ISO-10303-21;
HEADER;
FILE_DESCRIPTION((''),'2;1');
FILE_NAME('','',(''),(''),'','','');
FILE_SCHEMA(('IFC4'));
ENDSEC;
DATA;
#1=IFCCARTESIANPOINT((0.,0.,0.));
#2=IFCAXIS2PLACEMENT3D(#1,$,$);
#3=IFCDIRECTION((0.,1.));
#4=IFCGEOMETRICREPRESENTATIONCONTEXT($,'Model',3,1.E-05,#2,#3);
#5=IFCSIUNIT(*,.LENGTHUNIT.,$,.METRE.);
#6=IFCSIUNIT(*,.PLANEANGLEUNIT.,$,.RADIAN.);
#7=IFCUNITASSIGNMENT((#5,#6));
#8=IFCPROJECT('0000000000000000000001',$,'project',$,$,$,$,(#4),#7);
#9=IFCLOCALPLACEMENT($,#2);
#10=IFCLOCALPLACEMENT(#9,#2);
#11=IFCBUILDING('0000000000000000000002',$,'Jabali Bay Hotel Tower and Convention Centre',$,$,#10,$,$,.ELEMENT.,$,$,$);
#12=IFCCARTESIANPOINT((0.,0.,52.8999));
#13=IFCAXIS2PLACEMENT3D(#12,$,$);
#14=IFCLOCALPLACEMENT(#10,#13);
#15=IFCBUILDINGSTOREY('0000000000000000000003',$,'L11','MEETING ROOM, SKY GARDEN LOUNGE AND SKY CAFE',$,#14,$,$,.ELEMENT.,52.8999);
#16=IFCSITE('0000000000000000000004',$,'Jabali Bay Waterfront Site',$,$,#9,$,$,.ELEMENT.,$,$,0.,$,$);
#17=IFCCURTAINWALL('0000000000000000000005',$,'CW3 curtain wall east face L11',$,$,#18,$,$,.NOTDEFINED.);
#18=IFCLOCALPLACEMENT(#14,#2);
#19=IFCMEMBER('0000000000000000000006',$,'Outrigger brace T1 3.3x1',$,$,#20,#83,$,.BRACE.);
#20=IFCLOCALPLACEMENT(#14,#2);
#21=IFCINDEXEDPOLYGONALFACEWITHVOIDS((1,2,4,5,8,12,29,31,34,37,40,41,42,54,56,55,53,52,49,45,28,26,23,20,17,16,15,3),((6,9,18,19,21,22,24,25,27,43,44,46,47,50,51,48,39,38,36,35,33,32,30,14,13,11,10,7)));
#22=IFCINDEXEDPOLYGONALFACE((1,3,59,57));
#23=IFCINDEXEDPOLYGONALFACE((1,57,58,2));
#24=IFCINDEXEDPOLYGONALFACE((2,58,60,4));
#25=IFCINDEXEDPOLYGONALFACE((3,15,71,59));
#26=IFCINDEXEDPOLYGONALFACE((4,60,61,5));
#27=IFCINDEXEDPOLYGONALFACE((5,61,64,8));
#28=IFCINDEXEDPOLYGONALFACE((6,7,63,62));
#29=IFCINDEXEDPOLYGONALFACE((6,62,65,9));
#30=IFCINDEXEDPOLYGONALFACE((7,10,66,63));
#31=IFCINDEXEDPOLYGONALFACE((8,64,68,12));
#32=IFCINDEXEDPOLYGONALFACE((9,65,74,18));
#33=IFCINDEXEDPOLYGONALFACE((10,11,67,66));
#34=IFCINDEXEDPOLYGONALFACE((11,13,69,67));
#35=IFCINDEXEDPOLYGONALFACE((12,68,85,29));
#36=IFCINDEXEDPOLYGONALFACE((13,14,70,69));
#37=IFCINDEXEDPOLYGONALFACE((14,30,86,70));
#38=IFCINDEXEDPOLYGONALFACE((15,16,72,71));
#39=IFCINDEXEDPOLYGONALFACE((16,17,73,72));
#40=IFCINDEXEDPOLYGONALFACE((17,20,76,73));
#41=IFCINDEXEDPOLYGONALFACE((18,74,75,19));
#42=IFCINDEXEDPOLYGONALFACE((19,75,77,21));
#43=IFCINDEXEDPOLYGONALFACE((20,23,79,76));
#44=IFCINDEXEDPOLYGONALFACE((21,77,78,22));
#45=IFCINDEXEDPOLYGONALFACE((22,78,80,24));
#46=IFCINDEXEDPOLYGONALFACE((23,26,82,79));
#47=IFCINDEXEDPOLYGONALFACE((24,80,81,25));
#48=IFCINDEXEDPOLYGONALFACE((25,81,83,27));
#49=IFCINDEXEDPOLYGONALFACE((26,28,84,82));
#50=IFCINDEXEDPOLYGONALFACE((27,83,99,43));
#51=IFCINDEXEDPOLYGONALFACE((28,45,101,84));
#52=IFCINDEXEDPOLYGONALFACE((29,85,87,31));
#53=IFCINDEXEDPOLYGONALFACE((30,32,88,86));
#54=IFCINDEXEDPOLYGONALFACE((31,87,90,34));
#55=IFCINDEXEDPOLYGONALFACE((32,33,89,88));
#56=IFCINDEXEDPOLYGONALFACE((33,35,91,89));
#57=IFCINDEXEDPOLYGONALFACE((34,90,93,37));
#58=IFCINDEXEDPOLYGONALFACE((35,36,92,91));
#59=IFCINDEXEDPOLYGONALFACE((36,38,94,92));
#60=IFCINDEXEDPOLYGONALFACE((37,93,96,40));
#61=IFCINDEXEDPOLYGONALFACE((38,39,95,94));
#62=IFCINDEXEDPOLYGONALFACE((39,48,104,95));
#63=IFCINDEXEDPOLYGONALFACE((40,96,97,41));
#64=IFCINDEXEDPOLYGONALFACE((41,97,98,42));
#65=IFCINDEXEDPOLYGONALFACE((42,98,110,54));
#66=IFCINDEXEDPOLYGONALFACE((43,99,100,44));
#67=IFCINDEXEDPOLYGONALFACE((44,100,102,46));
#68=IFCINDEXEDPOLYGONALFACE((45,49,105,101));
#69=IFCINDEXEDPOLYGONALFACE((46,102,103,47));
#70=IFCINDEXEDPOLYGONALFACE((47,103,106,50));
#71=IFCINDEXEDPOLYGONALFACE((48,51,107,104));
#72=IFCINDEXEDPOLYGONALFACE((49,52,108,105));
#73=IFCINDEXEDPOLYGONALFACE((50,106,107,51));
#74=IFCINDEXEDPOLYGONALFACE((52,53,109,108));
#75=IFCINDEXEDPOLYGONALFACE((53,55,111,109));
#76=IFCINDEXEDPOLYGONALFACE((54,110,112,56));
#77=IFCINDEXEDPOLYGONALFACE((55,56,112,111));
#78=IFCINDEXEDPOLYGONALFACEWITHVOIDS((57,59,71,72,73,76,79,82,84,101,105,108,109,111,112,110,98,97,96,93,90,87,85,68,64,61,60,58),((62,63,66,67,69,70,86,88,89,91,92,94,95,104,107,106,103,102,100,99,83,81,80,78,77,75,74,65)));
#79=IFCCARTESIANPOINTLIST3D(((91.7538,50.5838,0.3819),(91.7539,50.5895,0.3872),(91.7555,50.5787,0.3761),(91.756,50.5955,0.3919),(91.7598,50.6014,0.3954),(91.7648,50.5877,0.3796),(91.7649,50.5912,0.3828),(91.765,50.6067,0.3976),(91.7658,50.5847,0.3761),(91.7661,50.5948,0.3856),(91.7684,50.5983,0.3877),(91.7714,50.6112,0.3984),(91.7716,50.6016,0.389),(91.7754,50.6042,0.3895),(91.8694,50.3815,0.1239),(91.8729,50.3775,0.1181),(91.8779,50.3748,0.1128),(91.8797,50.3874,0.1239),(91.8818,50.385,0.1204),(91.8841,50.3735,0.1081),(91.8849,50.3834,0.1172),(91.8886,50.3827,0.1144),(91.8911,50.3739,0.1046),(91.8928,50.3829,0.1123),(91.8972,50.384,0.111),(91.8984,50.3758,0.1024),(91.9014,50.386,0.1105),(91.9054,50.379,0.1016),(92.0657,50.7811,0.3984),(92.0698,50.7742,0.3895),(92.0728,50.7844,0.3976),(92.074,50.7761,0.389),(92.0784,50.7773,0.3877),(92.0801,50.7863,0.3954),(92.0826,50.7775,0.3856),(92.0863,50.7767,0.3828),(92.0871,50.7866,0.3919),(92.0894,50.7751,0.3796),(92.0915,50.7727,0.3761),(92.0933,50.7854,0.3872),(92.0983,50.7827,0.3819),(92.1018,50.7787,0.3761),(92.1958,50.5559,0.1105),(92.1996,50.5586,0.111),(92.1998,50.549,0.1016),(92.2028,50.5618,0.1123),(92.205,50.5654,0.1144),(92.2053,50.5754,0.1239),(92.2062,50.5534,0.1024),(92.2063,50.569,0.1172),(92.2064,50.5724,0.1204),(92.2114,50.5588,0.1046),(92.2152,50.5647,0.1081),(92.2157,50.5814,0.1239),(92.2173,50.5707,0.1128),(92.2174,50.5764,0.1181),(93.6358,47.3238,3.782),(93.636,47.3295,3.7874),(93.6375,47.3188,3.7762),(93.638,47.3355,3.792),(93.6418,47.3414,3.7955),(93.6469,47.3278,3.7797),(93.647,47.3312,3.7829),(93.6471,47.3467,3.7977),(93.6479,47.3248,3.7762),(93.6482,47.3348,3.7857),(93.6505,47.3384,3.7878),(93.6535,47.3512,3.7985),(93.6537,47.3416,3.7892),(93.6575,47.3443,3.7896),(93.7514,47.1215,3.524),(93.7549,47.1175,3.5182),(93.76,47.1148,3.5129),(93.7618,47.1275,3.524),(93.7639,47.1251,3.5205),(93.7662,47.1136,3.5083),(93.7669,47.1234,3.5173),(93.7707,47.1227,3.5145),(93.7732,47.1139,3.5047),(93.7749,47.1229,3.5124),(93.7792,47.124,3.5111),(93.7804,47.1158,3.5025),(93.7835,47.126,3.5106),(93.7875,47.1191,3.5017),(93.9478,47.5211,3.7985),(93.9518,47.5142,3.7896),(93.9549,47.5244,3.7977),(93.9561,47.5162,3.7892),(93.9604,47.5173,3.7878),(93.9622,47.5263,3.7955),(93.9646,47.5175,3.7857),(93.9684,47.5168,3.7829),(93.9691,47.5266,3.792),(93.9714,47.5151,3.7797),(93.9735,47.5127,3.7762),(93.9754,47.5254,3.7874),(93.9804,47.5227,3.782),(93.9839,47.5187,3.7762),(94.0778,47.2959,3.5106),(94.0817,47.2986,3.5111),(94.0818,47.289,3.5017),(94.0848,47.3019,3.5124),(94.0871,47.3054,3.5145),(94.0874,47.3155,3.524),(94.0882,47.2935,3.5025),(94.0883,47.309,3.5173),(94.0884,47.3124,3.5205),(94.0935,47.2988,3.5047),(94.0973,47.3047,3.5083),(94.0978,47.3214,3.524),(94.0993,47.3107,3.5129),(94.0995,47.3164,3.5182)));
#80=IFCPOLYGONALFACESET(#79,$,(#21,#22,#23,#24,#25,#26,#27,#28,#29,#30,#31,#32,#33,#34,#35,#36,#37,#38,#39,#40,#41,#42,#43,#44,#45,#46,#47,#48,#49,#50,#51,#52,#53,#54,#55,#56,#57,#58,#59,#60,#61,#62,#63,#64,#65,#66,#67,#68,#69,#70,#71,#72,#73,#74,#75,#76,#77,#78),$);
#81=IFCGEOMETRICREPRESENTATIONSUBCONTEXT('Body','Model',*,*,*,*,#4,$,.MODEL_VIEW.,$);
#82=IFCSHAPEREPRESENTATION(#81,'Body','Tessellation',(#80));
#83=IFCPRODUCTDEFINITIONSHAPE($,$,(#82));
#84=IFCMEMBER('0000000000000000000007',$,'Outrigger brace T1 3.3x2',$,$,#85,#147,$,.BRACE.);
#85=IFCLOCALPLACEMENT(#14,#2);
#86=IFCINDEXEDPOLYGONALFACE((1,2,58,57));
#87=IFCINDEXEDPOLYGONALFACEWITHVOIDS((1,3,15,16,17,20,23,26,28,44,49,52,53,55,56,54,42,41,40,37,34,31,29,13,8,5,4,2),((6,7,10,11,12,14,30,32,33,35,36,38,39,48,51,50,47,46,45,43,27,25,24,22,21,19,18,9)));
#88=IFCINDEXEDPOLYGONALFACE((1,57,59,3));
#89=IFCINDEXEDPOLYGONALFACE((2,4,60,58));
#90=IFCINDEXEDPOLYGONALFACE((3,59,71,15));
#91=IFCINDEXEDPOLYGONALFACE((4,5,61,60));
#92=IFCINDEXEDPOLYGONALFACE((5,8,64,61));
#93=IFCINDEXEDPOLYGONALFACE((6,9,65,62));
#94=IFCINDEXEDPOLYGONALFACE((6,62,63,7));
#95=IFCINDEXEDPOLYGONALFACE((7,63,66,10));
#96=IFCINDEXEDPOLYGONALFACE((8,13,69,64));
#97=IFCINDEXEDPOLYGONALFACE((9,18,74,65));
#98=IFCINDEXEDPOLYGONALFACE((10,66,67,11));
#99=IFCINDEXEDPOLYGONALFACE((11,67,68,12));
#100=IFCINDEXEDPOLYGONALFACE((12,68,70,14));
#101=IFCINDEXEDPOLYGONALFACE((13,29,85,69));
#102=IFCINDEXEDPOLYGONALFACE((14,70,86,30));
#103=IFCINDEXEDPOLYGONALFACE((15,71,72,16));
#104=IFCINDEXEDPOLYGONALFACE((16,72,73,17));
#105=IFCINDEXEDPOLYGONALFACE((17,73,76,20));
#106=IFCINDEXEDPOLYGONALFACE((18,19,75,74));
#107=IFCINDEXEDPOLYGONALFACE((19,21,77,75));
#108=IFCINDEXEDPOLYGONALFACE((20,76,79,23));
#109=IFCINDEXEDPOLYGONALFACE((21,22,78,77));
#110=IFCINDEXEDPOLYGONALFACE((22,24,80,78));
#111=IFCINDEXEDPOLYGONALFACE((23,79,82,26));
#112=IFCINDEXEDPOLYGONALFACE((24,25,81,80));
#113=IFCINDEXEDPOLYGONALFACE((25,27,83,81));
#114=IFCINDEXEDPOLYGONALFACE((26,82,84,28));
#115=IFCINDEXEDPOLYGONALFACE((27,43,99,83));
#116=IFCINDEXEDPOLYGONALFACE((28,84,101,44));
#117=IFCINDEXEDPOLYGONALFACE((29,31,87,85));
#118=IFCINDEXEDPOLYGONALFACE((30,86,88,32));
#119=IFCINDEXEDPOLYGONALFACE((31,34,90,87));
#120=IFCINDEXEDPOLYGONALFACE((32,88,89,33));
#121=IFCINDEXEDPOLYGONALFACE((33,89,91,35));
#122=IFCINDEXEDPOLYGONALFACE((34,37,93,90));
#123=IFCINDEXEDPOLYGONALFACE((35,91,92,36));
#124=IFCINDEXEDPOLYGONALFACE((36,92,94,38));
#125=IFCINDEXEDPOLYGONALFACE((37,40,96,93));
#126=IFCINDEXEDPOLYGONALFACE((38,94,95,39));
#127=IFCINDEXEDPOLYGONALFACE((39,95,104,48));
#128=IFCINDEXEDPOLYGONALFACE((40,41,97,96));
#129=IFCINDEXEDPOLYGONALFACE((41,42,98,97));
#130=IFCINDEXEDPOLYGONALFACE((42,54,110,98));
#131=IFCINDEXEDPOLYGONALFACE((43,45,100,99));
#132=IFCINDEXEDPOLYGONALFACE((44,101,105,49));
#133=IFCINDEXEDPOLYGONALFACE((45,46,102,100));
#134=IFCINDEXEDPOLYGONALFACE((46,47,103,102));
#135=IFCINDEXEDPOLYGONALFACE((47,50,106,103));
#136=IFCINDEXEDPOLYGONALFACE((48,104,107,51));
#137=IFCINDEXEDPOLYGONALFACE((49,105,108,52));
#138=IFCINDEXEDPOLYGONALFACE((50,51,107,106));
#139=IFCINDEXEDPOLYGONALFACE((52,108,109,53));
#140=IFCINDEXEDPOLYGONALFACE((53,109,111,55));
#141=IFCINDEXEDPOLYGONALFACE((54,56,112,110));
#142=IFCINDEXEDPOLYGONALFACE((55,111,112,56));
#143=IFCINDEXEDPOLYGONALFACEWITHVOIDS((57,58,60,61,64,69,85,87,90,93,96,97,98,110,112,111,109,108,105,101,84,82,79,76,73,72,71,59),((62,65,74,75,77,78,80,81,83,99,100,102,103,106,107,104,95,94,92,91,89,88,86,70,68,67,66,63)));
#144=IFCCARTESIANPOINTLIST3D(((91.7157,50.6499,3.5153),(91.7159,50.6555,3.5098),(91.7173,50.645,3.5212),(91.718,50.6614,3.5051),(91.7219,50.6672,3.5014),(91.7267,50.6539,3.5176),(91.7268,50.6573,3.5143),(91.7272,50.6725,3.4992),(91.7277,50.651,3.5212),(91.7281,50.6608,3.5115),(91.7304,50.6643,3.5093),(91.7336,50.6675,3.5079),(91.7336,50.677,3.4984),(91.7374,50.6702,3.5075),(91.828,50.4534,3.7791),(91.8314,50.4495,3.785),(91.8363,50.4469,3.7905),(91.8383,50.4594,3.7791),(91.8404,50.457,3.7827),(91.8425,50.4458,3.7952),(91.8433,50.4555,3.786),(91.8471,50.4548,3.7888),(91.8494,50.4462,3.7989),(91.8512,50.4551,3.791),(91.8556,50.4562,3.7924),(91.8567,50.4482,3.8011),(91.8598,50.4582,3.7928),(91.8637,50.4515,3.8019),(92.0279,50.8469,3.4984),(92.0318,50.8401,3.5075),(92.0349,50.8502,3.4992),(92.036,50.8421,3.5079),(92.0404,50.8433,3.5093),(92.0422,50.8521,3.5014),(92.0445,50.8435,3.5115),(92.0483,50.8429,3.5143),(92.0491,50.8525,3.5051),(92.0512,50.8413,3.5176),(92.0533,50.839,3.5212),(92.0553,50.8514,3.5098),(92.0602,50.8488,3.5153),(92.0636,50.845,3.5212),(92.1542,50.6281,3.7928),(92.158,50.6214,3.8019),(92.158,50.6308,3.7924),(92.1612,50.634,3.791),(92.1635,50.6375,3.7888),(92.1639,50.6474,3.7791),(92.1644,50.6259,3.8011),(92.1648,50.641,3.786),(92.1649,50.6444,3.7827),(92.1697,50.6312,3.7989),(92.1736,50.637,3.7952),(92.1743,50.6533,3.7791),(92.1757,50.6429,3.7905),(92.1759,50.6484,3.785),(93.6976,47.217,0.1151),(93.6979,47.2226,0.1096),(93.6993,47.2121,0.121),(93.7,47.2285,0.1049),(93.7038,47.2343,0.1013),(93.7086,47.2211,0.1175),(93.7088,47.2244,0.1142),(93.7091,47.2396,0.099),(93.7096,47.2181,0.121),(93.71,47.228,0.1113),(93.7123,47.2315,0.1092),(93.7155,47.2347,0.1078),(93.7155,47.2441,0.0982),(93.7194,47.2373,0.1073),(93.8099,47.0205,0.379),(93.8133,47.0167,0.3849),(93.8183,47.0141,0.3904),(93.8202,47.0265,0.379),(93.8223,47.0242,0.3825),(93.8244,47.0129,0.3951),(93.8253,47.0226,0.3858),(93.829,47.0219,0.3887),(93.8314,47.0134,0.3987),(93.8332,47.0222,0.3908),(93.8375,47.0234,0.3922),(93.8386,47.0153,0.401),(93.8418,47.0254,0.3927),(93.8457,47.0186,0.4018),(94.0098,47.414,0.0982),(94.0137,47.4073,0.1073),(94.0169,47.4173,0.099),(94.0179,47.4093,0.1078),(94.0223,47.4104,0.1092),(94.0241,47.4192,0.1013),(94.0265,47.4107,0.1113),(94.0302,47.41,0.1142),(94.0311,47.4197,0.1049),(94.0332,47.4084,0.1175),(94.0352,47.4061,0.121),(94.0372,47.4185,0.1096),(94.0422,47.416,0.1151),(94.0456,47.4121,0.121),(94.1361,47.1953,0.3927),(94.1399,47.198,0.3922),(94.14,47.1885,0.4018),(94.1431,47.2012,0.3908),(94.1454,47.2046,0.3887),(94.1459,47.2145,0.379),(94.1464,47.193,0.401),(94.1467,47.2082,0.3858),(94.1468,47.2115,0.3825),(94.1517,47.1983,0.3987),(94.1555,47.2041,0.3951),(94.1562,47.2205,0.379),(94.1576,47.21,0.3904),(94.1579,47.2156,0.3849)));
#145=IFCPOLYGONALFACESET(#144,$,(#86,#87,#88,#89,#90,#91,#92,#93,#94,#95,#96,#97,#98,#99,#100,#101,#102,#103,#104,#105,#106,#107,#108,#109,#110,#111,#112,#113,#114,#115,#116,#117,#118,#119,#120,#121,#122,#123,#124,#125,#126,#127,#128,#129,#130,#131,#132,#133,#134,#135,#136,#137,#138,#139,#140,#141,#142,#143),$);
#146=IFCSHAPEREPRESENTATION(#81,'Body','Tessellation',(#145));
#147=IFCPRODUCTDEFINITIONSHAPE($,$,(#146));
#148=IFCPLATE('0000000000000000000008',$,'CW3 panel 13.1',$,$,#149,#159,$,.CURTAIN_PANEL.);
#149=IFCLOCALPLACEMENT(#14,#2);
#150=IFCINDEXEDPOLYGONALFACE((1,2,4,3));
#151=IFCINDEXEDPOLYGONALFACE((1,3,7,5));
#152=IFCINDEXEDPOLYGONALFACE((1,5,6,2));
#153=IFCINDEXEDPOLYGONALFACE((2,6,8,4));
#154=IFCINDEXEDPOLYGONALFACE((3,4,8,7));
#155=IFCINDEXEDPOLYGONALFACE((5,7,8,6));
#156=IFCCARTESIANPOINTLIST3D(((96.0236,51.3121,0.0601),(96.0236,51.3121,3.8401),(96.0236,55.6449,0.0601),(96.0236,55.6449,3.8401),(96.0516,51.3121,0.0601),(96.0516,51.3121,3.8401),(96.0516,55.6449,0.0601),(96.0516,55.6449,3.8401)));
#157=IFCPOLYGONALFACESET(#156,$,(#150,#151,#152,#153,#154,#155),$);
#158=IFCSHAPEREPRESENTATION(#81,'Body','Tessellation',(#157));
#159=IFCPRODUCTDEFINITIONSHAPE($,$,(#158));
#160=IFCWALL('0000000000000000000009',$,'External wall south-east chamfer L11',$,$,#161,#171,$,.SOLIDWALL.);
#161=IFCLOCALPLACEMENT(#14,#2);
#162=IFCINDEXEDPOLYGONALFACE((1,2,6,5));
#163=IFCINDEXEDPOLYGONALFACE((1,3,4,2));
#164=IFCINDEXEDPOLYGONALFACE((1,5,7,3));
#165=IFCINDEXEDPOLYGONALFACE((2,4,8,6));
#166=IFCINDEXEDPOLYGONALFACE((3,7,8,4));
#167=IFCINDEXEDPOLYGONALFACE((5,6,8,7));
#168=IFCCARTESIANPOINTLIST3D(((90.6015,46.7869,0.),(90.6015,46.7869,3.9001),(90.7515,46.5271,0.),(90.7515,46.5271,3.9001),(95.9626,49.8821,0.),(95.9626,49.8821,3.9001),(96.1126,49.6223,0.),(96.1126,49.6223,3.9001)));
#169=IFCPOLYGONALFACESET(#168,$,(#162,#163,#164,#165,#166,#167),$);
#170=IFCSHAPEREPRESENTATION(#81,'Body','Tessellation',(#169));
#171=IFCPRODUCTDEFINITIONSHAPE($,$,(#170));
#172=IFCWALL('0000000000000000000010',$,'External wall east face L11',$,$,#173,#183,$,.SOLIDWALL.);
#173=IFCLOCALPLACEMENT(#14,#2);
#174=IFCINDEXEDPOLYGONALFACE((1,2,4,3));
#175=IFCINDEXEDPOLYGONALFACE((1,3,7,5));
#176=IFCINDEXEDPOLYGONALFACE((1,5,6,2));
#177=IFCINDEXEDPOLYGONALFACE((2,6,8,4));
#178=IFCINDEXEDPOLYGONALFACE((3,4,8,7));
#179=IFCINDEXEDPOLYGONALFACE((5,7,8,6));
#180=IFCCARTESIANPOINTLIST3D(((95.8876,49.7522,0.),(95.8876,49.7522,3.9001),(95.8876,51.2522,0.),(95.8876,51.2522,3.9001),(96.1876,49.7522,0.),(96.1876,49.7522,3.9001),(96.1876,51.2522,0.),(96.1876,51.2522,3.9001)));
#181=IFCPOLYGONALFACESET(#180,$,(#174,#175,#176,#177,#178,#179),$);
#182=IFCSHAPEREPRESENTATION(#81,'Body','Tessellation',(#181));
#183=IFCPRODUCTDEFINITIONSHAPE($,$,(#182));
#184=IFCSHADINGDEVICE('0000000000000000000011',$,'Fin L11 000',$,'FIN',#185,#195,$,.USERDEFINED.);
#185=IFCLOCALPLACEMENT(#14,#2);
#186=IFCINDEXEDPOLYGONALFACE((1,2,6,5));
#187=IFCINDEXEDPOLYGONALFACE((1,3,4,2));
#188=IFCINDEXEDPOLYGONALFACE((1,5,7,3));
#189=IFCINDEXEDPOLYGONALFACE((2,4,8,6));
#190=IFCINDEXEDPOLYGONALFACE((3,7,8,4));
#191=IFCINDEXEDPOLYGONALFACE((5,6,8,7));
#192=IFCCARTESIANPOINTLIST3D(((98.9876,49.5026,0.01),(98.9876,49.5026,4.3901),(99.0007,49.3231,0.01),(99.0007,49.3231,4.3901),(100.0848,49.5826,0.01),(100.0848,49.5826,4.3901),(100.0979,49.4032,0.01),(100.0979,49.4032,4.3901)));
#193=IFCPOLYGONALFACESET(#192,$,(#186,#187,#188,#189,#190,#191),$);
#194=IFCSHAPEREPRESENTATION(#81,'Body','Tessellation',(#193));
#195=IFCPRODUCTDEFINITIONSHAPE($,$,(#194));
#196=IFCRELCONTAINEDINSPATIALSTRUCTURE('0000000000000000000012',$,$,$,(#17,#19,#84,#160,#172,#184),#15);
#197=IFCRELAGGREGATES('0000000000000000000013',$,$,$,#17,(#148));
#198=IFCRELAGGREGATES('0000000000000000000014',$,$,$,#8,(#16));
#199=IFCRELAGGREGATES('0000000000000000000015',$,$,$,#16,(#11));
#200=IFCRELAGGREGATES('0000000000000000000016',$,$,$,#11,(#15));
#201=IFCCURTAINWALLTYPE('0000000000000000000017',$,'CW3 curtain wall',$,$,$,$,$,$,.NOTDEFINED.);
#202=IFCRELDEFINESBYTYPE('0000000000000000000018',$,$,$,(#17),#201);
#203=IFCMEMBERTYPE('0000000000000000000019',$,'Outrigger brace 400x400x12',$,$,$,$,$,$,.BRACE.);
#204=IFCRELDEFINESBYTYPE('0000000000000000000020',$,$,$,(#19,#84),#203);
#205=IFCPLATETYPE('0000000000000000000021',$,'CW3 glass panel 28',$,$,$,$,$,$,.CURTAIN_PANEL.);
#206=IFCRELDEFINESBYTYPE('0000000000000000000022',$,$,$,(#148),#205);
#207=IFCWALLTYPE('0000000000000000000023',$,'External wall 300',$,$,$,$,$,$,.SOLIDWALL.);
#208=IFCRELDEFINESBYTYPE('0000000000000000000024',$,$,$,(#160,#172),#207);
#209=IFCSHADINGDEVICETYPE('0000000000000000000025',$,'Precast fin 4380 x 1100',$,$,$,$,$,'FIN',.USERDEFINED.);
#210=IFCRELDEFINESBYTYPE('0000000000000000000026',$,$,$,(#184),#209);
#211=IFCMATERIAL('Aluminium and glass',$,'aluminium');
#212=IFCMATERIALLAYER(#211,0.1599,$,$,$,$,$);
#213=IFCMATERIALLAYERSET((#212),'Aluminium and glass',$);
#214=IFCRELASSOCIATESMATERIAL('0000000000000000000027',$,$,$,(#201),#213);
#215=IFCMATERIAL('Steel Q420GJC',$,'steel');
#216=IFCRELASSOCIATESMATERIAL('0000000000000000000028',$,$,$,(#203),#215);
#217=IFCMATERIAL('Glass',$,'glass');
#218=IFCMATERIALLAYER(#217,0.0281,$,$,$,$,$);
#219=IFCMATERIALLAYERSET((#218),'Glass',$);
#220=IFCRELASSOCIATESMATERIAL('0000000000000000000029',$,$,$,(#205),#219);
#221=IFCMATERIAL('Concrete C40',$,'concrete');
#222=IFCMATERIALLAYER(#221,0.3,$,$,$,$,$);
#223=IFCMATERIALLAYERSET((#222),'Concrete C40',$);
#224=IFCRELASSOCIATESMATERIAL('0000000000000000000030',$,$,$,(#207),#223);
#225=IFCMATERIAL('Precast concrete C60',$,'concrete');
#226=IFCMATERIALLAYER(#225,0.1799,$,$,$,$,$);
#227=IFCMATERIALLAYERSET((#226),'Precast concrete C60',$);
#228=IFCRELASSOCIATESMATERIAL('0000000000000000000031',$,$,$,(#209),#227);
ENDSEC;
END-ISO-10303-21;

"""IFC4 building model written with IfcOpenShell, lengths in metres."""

from ifc_helpers import new_model, si_unit, direction, frame, frame_2d, origin, origin_2d, place, context, subcontext, project, spatial, rectangle, hollow_rectangle, extrude, material, layer, layer_set, material_profile, profile_set, type_object, element, aggregate, save


model = new_model("IFC4")

# Units and contexts
model_context = context("Model", 3, precision=1e-05, world=origin(), true_north=direction((0.0, 1.0)))
body_context = subcontext(model_context, "Body", "Model", "MODEL_VIEW")
ifc_project = project(units=[si_unit("LENGTHUNIT", "METRE"), si_unit("PLANEANGLEUNIT", "RADIAN")], contexts=[model_context])

# Site, building, storey
site_placement = place(None, origin())
site = spatial("IfcSite", under=ifc_project, at=site_placement, Name="Jabali Bay Waterfront Site", CompositionType="ELEMENT", RefElevation=0.0)
building_placement = place(site_placement, origin())
building = spatial("IfcBuilding", under=site, at=building_placement, Name="Jabali Bay Hotel Tower and Convention Centre", CompositionType="ELEMENT")
storey_placement = place(building_placement, frame((0.0, 0.0, 52.8999)))
storey = spatial("IfcBuildingStorey", under=building, at=storey_placement, Name="L11", Description="MEETING ROOM, SKY GARDEN LOUNGE AND SKY CAFE", CompositionType="ELEMENT", Elevation=52.8999)

# Shared definitions
ifc_material_1 = material(Name="Steel Q420GJC", Category="steel")

# Curtain wall
ifc_material_2 = material(Name="Aluminium and glass", Category="aluminium")
ifc_layer_1 = layer(ifc_material_2, 0.1599)
ifc_layer_set_1 = layer_set([ifc_layer_1], Name="Aluminium and glass")
curtain_wall_type = type_object("IfcCurtainWallType", Name="CW3 curtain wall", PredefinedType="NOTDEFINED", material=ifc_layer_set_1)
curtain_wall_placement = place(storey_placement, origin())
curtain_wall = element("IfcCurtainWall", 1, at=curtain_wall_placement, inside=storey, type_object=curtain_wall_type, Name="CW3 curtain wall east face L11", PredefinedType="NOTDEFINED")

# Members
ifc_material_profile_1 = material_profile(ifc_material_1, hollow_rectangle(XDim=0.3999, YDim=0.3999, WallThickness=0.012, InnerFilletRadius=0.0181, OuterFilletRadius=0.03, at=origin_2d()), Name="Outrigger brace 400x400x12")
ifc_profile_set_1 = profile_set([ifc_material_profile_1], Name="Steel Q420GJC")
member_type_1 = type_object("IfcMemberType", Name="Outrigger brace 400x400x12", PredefinedType="BRACE", material=ifc_profile_set_1)
member_1_placement = place(storey_placement, frame((91.9856, 50.5801, 0.25), z_axis=(0.371031, -0.642675, 0.670302), x_axis=(0.866035, 0.499983, 0.0)))
element("IfcMember", 2, at=member_1_placement, inside=storey, type_object=member_type_1, Name="Outrigger brace T1 3.3x1", PredefinedType="BRACE", context=body_context, shape_type="SweptSolid", body=[
    extrude(hollow_rectangle(XDim=0.3999, YDim=0.3999, WallThickness=0.012, InnerFilletRadius=0.0181, OuterFilletRadius=0.03, at=origin_2d()), origin(), (0.0, 0.0, 1.0), 5.0725),
])
member_2_placement = place(storey_placement, frame((93.9277, 47.2163, 0.25), z_axis=(-0.379505, 0.657332, 0.651068), x_axis=(-0.866029, -0.499994, 0.0)))
element("IfcMember", 3, at=member_2_placement, inside=storey, type_object=member_type_1, Name="Outrigger brace T1 3.3x2", PredefinedType="BRACE", context=body_context, shape_type="SweptSolid", body=[
    extrude(hollow_rectangle(XDim=0.3999, YDim=0.3999, WallThickness=0.012, InnerFilletRadius=0.0181, OuterFilletRadius=0.03, at=origin_2d()), origin(), (0.0, 0.0, 1.0), 5.2224),
])

# Plate
ifc_material_3 = material(Name="Glass", Category="glass")
ifc_layer_2 = layer(ifc_material_3, 0.0281)
ifc_layer_set_2 = layer_set([ifc_layer_2], Name="Glass")
plate_type = type_object("IfcPlateType", Name="CW3 glass panel 28", PredefinedType="CURTAIN_PANEL", material=ifc_layer_set_2)
plate_placement = place(storey_placement, frame((96.0376, 53.4785, 0.0601), z_axis=(0.0, 0.0, 1.0), x_axis=(0.0, -1.0, 0.0)))
plate = element("IfcPlate", 4, at=plate_placement, type_object=plate_type, Name="CW3 panel 13.1", PredefinedType="CURTAIN_PANEL", context=body_context, shape_type="SweptSolid", body=[
    extrude(rectangle(XDim=4.3328, YDim=0.0281, at=origin_2d()), origin(), (0.0, 0.0, 1.0), 3.78),
])
aggregate(curtain_wall, [plate])

# Walls
ifc_material_4 = material(Name="Concrete C40", Category="concrete")
ifc_layer_3 = layer(ifc_material_4, 0.3)
ifc_layer_set_3 = layer_set([ifc_layer_3], Name="Concrete C40")
wall_type = type_object("IfcWallType", Name="External wall 300", PredefinedType="SOLIDWALL", material=ifc_layer_set_3)
wall_1_placement = place(storey_placement, frame((96.0376, 49.7522, 0.0), z_axis=(0.0, 0.0, 1.0), x_axis=(-0.866026, -0.499999, 0.0)))
element("IfcWall", 5, at=wall_1_placement, inside=storey, type_object=wall_type, Name="External wall south-east chamfer L11", PredefinedType="SOLIDWALL", context=body_context, shape_type="SweptSolid", body=[
    extrude(rectangle(XDim=6.1904, YDim=0.3, at=frame_2d((3.0952, 0.0))), origin(), (0.0, 0.0, 1.0), 3.9001),
])
wall_2_placement = place(storey_placement, frame((96.0376, 51.2522, 0.0), z_axis=(0.0, 0.0, 1.0), x_axis=(0.0, -1.0, 0.0)))
element("IfcWall", 6, at=wall_2_placement, inside=storey, type_object=wall_type, Name="External wall east face L11", PredefinedType="SOLIDWALL", context=body_context, shape_type="SweptSolid", body=[
    extrude(rectangle(XDim=1.5, YDim=0.3, at=frame_2d((0.75, 0.0))), origin(), (0.0, 0.0, 1.0), 3.9001),
])

# Shading device
ifc_material_5 = material(Name="Precast concrete C60", Category="concrete")
ifc_layer_4 = layer(ifc_material_5, 0.1799)
ifc_layer_set_4 = layer_set([ifc_layer_4], Name="Precast concrete C60")
shading_device_type_1 = type_object("IfcShadingDeviceType", Name="Precast fin 4380 x 1100", ElementType="FIN", PredefinedType="USERDEFINED", material=ifc_layer_set_4)
for number, where, z_axis, x_axis, name in (
    (7, (98.9941, 49.4128, 0.01), (0.0, 0.0, 1.0), (0.997347, 0.072793, 0.0), "Fin L11 000"),
):
    element("IfcShadingDevice", number, at=place(storey_placement, frame(where, z_axis=z_axis, x_axis=x_axis)), inside=storey, type_object=shading_device_type_1, Name=name, ObjectType="FIN", PredefinedType="USERDEFINED", context=body_context, shape_type="SweptSolid", body=[
        extrude(rectangle(XDim=1.1001, YDim=0.1799, at=frame_2d((0.55, 0.0))), origin(), (0.0, 0.0, 1.0), 4.3801),
    ])

save(model, "model.ifc")
